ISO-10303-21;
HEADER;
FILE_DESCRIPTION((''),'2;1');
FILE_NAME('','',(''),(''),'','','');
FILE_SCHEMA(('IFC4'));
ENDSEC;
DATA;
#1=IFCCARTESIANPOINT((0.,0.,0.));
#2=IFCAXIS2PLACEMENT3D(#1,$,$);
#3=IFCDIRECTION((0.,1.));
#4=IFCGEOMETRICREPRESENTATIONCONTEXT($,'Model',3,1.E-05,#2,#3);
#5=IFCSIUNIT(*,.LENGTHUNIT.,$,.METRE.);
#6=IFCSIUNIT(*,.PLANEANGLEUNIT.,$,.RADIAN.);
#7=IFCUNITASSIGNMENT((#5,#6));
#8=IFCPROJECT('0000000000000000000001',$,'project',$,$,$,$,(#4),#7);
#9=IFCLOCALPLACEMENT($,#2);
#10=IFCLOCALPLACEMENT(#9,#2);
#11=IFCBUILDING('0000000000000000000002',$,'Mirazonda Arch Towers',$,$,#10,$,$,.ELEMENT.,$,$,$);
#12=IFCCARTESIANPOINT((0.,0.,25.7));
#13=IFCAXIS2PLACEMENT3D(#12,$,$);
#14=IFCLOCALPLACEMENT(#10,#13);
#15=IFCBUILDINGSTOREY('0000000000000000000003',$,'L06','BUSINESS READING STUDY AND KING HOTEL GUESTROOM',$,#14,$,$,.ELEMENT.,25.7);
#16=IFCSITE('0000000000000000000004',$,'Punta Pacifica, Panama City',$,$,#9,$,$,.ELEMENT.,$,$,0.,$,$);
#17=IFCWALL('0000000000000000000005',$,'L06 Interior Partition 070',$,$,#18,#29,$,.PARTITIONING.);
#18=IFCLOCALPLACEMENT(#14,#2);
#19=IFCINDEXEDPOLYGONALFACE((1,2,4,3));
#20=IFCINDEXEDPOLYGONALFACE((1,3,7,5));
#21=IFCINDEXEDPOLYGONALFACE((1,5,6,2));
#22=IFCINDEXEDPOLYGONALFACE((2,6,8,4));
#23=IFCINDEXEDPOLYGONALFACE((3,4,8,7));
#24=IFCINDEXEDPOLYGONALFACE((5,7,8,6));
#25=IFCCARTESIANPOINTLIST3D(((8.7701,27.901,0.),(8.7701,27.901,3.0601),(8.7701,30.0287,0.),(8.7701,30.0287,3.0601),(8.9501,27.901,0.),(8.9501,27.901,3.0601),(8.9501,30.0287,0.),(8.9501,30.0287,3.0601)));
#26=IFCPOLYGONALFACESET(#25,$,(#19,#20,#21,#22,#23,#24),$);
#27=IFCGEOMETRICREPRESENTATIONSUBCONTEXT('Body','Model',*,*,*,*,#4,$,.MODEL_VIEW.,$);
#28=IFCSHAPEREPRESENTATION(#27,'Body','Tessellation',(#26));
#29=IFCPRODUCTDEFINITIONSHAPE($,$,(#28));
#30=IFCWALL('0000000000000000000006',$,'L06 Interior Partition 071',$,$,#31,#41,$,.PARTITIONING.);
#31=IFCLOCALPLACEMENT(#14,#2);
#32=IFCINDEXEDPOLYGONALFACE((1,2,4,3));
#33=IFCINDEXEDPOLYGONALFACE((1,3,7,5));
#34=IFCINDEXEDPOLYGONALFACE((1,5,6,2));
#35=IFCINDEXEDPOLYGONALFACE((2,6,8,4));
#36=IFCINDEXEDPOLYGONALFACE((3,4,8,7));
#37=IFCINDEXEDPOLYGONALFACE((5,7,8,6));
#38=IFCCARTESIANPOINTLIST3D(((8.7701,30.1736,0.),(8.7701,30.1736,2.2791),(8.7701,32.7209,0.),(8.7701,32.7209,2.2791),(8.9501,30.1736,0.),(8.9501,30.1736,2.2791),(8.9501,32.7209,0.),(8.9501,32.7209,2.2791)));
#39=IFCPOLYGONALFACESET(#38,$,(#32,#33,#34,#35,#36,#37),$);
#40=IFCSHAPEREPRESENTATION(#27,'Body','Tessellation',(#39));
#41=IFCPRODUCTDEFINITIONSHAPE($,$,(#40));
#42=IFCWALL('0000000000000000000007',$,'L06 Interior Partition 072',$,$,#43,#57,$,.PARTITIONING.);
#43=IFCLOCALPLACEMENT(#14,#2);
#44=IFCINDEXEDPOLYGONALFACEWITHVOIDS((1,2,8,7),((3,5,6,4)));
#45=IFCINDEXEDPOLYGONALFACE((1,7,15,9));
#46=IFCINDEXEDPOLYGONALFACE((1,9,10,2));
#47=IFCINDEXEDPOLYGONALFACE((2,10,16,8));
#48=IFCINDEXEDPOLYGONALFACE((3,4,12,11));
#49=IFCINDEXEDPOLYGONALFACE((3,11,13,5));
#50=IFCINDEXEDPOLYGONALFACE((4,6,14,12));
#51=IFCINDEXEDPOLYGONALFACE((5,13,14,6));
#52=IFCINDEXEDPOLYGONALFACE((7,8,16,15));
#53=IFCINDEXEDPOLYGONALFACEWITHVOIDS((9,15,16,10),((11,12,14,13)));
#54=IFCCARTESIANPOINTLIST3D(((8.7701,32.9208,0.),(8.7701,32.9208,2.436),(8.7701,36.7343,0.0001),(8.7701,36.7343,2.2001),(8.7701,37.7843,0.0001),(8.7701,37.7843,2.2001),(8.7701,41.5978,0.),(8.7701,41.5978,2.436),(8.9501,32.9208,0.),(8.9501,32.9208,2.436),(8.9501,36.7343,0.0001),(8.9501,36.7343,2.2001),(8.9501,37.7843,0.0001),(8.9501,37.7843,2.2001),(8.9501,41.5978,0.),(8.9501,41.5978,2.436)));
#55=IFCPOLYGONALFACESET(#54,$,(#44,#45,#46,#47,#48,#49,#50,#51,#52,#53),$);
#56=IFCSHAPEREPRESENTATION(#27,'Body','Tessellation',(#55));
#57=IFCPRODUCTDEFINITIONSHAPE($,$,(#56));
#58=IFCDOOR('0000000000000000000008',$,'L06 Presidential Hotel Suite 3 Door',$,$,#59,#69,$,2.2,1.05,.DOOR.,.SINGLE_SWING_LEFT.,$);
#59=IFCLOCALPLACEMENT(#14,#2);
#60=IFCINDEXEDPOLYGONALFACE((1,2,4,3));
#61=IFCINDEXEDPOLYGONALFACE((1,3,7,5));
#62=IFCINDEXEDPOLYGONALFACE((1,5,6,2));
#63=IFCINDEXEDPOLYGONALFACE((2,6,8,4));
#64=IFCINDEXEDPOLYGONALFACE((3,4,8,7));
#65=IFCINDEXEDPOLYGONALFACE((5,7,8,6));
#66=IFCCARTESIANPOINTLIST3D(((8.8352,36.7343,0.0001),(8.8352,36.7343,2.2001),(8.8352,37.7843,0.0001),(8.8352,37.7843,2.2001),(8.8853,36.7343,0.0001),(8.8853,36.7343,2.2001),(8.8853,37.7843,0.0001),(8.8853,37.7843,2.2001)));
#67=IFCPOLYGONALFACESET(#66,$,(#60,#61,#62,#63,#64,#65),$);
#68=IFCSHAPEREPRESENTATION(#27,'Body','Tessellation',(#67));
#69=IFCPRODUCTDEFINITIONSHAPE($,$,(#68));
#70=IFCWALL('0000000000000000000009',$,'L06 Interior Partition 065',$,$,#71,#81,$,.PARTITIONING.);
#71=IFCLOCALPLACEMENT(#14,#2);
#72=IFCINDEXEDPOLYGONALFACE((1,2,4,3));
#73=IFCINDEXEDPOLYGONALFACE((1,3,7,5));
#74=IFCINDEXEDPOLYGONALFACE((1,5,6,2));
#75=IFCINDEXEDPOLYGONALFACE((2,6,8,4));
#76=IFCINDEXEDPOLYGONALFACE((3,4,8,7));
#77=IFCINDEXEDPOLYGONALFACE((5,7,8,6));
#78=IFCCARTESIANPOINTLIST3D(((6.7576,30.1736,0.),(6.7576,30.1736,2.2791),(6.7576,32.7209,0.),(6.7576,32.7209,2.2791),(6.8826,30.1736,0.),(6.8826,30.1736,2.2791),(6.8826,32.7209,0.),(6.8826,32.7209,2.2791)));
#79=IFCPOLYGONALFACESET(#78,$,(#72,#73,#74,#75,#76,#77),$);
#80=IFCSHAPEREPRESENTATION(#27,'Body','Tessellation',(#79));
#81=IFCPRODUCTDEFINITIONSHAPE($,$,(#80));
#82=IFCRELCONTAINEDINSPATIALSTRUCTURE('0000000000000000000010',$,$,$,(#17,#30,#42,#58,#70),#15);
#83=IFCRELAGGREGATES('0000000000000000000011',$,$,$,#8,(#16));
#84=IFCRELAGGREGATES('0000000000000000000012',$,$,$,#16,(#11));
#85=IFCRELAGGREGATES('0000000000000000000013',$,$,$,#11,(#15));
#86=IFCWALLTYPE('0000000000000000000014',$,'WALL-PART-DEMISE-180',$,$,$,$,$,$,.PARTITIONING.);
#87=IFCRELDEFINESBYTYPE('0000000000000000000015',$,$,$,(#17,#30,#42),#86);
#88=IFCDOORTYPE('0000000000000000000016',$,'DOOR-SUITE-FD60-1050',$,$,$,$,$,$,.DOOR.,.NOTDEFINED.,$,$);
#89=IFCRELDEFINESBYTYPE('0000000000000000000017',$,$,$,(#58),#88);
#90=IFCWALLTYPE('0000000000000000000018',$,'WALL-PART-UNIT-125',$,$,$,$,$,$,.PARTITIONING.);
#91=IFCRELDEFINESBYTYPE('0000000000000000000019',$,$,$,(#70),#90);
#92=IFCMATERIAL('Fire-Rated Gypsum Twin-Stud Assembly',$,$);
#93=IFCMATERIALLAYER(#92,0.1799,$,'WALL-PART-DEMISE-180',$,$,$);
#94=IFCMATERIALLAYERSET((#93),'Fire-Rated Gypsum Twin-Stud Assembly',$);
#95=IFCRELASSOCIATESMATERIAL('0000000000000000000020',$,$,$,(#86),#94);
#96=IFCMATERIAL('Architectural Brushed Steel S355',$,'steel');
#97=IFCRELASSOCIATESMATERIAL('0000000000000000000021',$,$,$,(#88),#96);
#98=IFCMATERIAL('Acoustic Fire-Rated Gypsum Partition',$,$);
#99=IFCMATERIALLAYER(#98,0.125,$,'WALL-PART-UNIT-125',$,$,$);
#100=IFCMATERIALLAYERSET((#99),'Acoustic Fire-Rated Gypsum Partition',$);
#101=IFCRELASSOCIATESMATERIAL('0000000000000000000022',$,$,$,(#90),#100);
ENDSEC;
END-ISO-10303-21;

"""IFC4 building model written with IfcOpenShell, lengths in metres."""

from ifc_helpers import new_model, si_unit, direction, frame, frame_2d, origin, place, context, subcontext, project, spatial, rectangle, extrude, material, layer, layer_set, type_object, element, fill, save


model = new_model("IFC4")

# Units and contexts
model_context = context("Model", 3, precision=1e-05, world=origin(), true_north=direction((0.0, 1.0)))
body_context = subcontext(model_context, "Body", "Model", "MODEL_VIEW")
ifc_project = project(units=[si_unit("LENGTHUNIT", "METRE"), si_unit("PLANEANGLEUNIT", "RADIAN")], contexts=[model_context])

# Site, building, storey
site_placement = place(None, origin())
site = spatial("IfcSite", under=ifc_project, at=site_placement, Name="Punta Pacifica, Panama City", CompositionType="ELEMENT", RefElevation=0.0)
building_placement = place(site_placement, origin())
building = spatial("IfcBuilding", under=site, at=building_placement, Name="Mirazonda Arch Towers", CompositionType="ELEMENT")
storey_placement = place(building_placement, frame((0.0, 0.0, 25.7)))
storey = spatial("IfcBuildingStorey", under=building, at=storey_placement, Name="L06", Description="BUSINESS READING STUDY AND KING HOTEL GUESTROOM", CompositionType="ELEMENT", Elevation=25.7)

# Shared definitions
ifc_material_1 = material(Name="Architectural Brushed Steel S355", Category="steel")

# Walls
ifc_material_2 = material(Name="Fire-Rated Gypsum Twin-Stud Assembly")
ifc_layer_1 = layer(ifc_material_2, 0.1799, Name="WALL-PART-DEMISE-180")
ifc_layer_set_1 = layer_set([ifc_layer_1], Name="Fire-Rated Gypsum Twin-Stud Assembly")
wall_type_1 = type_object("IfcWallType", Name="WALL-PART-DEMISE-180", PredefinedType="PARTITIONING", material=ifc_layer_set_1)
wall_1_placement = place(storey_placement, frame((8.8601, 27.9009, 0.0), z_axis=(0.0, 0.0, 1.0), x_axis=(0.0, 1.0, 0.0)))
element("IfcWall", 1, at=wall_1_placement, inside=storey, type_object=wall_type_1, Name="L06 Interior Partition 070", PredefinedType="PARTITIONING", context=body_context, shape_type="SweptSolid", body=[
    extrude(rectangle(XDim=2.1277, YDim=0.1799, at=frame_2d((1.064, 0.0))), origin(), (0.0, 0.0, 1.0), 3.0601),
])
wall_2_placement = place(storey_placement, frame((8.8601, 30.1736, 0.0), z_axis=(0.0, 0.0, 1.0), x_axis=(0.0, 1.0, 0.0)))
element("IfcWall", 2, at=wall_2_placement, inside=storey, type_object=wall_type_1, Name="L06 Interior Partition 071", PredefinedType="PARTITIONING", context=body_context, shape_type="SweptSolid", body=[
    extrude(rectangle(XDim=2.5474, YDim=0.1799, at=frame_2d((1.2737, 0.0))), origin(), (0.0, 0.0, 1.0), 2.2791),
])

# Wall, opening, door
wall_3_placement = place(storey_placement, frame((8.8601, 32.9209, 0.0), z_axis=(0.0, 0.0, 1.0), x_axis=(0.0, 1.0, 0.0)))
wall_3 = element("IfcWall", 3, at=wall_3_placement, inside=storey, type_object=wall_type_1, Name="L06 Interior Partition 072", PredefinedType="PARTITIONING", context=body_context, shape_type="SweptSolid", body=[
    extrude(rectangle(XDim=8.677, YDim=0.1799, at=frame_2d((4.3384, 0.0))), origin(), (0.0, 0.0, 1.0), 2.436),
])
opening_1_placement = place(wall_3_placement, frame((3.8135, 0.0, 0.0)))
opening_1 = element("IfcOpeningElement", 4, at=opening_1_placement, cuts=wall_3, PredefinedType="OPENING", context=body_context, shape_type="SweptSolid", body=[
    extrude(rectangle(XDim=1.05, YDim=2.2, at=frame_2d((0.5249, 1.1001))), frame((0.0, 0.0999, 0.0), z_axis=(0.0, -1.0, 0.0), x_axis=(1.0, 0.0, 0.0)), (0.0, 0.0, 1.0), 0.2),
])
door_type_1 = type_object("IfcDoorType", Name="DOOR-SUITE-FD60-1050", OperationType="NOTDEFINED", PredefinedType="DOOR", material=ifc_material_1)
door_1_placement = place(opening_1_placement, origin())
door_1 = element("IfcDoor", 5, at=door_1_placement, inside=storey, type_object=door_type_1, Name="L06 Presidential Hotel Suite 3 Door", OperationType="SINGLE_SWING_LEFT", OverallHeight=2.2, OverallWidth=1.05, PredefinedType="DOOR", context=body_context, shape_type="SweptSolid", body=[
    extrude(rectangle(XDim=1.05, YDim=2.2, at=frame_2d((0.5249, 1.1001))), frame((0.0, 0.0249, 0.0), z_axis=(0.0, -1.0, 0.0), x_axis=(1.0, 0.0, 0.0)), (0.0, 0.0, 1.0), 0.05),
])
fill(opening_1, door_1)

# Wall
ifc_material_3 = material(Name="Acoustic Fire-Rated Gypsum Partition")
ifc_layer_2 = layer(ifc_material_3, 0.125, Name="WALL-PART-UNIT-125")
ifc_layer_set_2 = layer_set([ifc_layer_2], Name="Acoustic Fire-Rated Gypsum Partition")
wall_type_2 = type_object("IfcWallType", Name="WALL-PART-UNIT-125", PredefinedType="PARTITIONING", material=ifc_layer_set_2)
wall_4_placement = place(storey_placement, frame((6.8201, 30.1736, 0.0), z_axis=(0.0, 0.0, 1.0), x_axis=(0.0, 1.0, 0.0)))
element("IfcWall", 6, at=wall_4_placement, inside=storey, type_object=wall_type_2, Name="L06 Interior Partition 065", PredefinedType="PARTITIONING", context=body_context, shape_type="SweptSolid", body=[
    extrude(rectangle(XDim=2.5474, YDim=0.125, at=frame_2d((1.2737, 0.0))), origin(), (0.0, 0.0, 1.0), 2.2791),
])

save(model, "model.ifc")
